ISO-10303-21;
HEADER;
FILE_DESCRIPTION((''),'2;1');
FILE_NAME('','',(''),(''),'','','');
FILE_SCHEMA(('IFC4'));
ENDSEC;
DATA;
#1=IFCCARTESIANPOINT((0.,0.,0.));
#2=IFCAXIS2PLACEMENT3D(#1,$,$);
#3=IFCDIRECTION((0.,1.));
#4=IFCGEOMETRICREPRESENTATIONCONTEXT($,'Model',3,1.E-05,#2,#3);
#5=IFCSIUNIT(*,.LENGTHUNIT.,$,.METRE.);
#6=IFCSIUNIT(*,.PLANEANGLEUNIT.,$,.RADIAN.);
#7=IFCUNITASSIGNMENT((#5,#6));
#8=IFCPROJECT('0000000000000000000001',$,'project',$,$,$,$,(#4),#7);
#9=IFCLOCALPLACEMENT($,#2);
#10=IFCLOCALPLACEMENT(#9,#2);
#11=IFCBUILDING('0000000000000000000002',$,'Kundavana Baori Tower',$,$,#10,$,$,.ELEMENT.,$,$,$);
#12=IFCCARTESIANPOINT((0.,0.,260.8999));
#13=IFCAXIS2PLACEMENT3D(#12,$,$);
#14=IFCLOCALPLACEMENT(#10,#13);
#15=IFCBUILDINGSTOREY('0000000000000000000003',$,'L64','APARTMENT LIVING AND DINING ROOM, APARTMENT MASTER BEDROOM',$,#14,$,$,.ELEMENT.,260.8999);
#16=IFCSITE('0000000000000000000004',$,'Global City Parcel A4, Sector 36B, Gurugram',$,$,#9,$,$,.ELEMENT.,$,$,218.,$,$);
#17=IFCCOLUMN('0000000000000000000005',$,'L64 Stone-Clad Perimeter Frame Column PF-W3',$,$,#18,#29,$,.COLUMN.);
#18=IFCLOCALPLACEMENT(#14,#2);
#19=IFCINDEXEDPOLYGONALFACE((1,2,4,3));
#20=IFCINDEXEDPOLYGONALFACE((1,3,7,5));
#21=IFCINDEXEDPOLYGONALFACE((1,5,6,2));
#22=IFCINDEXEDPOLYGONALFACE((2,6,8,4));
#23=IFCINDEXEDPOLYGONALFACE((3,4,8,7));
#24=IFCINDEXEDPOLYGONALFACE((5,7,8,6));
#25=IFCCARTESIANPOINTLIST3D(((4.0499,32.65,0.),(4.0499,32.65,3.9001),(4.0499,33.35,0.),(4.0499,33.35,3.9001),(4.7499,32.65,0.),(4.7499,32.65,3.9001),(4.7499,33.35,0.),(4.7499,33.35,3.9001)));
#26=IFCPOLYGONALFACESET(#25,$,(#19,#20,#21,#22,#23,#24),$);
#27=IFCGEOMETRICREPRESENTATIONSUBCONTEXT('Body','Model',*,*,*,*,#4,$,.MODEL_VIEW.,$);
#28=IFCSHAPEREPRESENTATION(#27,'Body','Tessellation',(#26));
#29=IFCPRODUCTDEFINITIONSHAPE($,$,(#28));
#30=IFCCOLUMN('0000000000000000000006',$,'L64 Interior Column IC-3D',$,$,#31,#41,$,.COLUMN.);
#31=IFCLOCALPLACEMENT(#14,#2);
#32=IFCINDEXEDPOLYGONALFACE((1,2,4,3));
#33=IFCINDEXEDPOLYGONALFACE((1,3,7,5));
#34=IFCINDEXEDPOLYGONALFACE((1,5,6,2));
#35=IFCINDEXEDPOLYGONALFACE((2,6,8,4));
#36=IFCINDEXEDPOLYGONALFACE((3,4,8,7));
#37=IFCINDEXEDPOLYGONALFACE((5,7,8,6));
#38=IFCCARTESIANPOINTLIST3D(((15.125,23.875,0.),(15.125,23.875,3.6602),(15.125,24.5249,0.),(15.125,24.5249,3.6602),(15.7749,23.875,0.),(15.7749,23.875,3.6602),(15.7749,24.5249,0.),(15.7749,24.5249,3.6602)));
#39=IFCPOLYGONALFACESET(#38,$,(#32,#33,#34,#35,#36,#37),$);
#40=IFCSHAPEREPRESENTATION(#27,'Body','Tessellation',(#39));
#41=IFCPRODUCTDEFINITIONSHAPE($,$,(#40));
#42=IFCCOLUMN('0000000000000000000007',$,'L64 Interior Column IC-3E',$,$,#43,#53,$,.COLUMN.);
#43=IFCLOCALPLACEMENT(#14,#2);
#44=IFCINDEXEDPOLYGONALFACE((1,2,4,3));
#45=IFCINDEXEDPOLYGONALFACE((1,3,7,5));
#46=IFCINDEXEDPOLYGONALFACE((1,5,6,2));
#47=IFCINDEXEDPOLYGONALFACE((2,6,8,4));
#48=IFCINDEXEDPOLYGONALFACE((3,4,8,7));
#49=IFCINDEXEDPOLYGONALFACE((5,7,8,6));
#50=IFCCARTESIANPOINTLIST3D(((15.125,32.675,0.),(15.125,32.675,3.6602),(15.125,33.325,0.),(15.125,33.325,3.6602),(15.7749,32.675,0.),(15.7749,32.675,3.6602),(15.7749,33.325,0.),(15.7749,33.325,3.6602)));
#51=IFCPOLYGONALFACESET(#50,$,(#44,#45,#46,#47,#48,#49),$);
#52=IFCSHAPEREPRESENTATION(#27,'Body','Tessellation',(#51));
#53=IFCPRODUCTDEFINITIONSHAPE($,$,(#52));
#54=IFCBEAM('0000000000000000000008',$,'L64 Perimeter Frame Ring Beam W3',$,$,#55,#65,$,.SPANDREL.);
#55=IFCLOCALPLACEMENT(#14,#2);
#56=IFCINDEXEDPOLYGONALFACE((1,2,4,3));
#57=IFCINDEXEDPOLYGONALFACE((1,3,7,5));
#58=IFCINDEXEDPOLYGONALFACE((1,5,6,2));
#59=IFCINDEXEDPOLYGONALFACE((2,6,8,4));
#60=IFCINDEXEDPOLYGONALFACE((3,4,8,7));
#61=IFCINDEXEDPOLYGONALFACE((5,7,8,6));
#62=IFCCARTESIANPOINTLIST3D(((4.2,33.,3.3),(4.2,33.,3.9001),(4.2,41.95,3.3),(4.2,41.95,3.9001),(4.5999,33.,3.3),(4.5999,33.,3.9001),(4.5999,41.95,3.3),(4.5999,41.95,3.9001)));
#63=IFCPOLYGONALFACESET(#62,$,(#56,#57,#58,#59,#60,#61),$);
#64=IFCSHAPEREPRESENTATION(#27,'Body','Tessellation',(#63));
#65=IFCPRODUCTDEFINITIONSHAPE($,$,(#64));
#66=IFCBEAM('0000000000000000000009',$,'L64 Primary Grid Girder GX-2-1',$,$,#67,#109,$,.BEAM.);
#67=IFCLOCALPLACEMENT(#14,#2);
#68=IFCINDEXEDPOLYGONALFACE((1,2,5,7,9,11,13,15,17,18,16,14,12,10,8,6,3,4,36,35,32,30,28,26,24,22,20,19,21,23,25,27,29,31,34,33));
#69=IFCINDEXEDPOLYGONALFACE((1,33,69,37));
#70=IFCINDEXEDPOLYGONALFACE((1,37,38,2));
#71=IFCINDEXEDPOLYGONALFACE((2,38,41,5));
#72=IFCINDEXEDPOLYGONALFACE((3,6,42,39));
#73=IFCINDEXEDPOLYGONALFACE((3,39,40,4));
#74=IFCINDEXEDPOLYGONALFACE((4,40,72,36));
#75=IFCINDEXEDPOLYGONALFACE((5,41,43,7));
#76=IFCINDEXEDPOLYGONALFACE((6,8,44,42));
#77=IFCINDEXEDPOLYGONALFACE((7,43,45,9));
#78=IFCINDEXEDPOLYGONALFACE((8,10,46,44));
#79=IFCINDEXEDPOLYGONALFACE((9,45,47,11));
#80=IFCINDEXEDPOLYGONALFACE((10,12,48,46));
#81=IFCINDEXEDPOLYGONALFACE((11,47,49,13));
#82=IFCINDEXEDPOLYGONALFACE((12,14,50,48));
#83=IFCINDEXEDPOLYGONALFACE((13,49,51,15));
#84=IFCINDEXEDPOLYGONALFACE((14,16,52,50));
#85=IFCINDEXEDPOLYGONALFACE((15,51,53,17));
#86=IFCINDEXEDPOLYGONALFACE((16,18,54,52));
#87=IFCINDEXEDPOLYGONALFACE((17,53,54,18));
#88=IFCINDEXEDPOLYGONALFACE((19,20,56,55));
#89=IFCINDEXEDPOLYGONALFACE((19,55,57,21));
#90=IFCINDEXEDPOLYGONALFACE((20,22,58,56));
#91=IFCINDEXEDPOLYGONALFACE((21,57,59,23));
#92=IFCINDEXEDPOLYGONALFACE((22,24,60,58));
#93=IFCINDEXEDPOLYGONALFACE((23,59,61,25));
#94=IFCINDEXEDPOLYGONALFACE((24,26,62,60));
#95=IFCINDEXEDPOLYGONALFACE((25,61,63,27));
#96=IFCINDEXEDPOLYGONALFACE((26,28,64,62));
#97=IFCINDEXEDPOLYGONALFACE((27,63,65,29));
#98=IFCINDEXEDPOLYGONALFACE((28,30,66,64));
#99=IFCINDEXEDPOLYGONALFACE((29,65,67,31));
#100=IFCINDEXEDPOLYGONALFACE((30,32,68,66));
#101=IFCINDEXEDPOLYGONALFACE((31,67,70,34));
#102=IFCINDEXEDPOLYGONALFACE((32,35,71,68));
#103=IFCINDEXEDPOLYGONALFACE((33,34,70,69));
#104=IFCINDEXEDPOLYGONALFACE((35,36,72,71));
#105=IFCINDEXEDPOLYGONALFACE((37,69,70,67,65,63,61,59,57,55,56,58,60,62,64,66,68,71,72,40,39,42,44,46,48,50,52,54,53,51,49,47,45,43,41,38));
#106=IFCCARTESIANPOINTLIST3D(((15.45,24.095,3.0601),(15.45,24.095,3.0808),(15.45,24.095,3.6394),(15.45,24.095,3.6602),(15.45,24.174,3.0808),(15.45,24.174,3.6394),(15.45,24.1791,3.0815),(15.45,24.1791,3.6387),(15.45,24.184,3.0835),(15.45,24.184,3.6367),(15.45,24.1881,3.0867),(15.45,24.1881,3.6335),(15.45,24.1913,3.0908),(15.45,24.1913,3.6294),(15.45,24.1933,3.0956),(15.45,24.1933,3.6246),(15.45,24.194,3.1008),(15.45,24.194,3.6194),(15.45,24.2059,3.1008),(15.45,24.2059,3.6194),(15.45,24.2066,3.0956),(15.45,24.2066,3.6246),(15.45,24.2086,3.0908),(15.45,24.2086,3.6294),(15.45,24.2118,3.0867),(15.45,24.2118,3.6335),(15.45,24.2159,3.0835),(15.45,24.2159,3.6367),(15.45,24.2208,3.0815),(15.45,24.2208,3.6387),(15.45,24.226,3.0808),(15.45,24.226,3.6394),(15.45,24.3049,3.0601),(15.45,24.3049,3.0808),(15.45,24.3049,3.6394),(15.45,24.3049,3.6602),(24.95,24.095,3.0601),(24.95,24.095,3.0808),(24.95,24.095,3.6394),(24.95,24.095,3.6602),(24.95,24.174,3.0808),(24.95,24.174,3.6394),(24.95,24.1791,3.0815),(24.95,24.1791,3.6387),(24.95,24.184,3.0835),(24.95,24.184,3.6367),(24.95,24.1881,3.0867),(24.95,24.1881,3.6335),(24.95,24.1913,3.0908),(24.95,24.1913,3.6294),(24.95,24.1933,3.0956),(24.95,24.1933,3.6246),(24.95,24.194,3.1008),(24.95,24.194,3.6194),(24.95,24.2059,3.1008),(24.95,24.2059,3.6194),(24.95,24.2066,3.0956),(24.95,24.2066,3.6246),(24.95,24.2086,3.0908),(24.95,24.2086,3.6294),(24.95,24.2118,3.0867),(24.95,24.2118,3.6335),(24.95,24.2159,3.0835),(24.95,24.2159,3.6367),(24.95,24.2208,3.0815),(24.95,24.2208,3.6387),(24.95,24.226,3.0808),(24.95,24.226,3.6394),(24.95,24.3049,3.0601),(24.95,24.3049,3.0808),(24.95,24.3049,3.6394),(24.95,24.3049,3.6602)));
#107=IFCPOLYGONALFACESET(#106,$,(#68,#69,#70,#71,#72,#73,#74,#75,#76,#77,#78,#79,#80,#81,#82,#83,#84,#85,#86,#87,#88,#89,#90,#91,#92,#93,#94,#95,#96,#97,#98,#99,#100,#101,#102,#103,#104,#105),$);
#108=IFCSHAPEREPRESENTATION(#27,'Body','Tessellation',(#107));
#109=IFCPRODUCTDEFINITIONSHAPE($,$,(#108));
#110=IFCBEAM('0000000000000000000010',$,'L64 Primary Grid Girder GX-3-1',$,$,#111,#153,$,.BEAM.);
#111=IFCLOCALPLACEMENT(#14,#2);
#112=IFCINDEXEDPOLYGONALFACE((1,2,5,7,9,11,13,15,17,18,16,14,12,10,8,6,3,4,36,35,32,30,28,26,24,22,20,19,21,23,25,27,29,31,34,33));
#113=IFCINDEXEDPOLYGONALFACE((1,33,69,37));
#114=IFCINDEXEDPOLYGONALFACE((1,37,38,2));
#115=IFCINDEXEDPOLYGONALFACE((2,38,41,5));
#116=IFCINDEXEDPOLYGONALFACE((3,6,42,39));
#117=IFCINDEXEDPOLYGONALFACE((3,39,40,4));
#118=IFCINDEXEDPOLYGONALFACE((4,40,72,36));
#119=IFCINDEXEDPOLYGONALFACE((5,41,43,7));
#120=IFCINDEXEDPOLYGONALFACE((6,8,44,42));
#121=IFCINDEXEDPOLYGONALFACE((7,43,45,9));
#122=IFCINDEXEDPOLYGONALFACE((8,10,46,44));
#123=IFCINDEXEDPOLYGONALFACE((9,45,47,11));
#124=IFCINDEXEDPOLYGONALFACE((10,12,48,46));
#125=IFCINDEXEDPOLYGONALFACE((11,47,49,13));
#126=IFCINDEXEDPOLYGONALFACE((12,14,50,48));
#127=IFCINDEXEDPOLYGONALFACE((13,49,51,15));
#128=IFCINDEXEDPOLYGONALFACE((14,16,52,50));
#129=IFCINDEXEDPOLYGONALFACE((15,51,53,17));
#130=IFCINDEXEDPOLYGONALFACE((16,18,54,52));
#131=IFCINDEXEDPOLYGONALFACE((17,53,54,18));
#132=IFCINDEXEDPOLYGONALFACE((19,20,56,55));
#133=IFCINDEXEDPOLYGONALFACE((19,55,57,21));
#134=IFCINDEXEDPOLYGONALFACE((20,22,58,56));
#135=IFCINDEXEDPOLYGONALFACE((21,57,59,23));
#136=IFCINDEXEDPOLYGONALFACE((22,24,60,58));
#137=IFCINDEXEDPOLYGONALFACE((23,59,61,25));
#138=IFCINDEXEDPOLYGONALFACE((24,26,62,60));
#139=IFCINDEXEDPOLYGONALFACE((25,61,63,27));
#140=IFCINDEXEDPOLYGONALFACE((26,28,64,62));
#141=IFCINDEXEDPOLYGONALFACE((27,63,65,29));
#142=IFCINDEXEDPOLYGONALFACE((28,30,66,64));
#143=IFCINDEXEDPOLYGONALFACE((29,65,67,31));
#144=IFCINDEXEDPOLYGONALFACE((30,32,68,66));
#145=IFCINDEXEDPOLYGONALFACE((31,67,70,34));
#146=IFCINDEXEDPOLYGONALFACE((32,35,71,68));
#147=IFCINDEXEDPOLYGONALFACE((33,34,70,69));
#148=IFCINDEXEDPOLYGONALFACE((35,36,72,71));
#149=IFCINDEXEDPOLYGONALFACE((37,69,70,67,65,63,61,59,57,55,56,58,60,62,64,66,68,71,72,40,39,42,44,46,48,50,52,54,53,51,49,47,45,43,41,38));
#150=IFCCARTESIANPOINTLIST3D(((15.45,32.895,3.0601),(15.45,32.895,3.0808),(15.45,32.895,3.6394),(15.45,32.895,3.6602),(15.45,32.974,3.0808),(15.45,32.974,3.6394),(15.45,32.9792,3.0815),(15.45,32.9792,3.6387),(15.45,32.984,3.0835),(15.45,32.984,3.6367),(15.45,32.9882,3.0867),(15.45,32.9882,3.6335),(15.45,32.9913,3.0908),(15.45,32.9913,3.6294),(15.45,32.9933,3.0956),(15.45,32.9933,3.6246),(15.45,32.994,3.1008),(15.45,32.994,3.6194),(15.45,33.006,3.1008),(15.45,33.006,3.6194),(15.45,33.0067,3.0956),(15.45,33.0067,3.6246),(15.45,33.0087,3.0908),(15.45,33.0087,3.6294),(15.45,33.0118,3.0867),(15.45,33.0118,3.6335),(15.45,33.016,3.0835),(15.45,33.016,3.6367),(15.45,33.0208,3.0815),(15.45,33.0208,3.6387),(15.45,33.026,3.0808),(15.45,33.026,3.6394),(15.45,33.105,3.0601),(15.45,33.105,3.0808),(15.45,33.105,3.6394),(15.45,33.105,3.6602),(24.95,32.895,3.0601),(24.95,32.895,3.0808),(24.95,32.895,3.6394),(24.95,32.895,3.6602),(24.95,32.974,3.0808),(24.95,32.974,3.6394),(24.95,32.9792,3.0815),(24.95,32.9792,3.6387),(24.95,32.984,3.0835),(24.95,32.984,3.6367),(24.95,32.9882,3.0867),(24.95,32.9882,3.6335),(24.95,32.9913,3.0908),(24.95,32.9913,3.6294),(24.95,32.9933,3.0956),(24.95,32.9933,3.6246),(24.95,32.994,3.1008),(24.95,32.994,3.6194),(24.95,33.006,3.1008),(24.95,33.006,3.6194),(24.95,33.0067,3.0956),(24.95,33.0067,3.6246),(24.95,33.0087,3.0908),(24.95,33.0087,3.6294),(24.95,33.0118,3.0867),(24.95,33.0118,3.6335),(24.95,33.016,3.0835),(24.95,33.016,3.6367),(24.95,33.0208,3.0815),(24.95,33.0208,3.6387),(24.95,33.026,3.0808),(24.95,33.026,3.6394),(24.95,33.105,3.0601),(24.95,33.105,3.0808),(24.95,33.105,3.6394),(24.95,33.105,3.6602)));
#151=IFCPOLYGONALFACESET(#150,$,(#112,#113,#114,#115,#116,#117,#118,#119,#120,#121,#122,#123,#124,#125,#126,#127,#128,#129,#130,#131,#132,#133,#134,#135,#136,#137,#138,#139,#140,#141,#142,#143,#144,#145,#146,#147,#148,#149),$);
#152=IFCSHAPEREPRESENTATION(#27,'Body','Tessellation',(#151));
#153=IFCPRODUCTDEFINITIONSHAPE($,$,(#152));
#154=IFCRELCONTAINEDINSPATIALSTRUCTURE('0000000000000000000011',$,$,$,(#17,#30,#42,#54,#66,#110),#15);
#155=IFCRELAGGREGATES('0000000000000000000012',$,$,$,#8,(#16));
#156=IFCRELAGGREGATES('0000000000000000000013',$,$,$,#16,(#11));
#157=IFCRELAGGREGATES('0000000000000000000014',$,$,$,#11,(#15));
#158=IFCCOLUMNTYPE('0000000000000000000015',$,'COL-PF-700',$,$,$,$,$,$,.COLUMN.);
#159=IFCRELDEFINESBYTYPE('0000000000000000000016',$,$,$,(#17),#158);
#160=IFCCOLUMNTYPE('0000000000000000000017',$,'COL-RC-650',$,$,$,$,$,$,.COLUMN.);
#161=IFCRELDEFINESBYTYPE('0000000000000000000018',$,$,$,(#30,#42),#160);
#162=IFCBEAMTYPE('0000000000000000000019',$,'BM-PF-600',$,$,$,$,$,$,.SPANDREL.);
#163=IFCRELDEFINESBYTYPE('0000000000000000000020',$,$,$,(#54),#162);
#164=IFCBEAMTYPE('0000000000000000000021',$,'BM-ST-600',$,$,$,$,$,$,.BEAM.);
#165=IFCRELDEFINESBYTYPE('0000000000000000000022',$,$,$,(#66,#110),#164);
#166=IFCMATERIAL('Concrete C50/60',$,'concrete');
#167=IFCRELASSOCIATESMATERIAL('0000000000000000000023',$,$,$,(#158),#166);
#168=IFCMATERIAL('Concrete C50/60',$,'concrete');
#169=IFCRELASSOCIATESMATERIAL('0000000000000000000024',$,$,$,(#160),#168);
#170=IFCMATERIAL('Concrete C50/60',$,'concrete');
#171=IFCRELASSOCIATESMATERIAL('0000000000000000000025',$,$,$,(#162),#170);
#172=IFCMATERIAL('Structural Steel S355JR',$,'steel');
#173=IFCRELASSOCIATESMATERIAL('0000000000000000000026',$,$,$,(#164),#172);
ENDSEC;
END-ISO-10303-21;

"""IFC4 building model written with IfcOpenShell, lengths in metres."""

from ifc_helpers import new_model, si_unit, direction, frame, origin, origin_2d, place, context, subcontext, project, spatial, rectangle, i_section, extrude, material, material_profile, profile_set, type_object, element, save


model = new_model("IFC4")

# Units and contexts
model_context = context("Model", 3, precision=1e-05, world=origin(), true_north=direction((0.0, 1.0)))
body_context = subcontext(model_context, "Body", "Model", "MODEL_VIEW")
ifc_project = project(units=[si_unit("LENGTHUNIT", "METRE"), si_unit("PLANEANGLEUNIT", "RADIAN")], contexts=[model_context])

# Site, building, storey
site_placement = place(None, origin())
site = spatial("IfcSite", under=ifc_project, at=site_placement, Name="Global City Parcel A4, Sector 36B, Gurugram", CompositionType="ELEMENT", RefElevation=218.0)
building_placement = place(site_placement, origin())
building = spatial("IfcBuilding", under=site, at=building_placement, Name="Kundavana Baori Tower", CompositionType="ELEMENT")
storey_placement = place(building_placement, frame((0.0, 0.0, 260.8999)))
storey = spatial("IfcBuildingStorey", under=building, at=storey_placement, Name="L64", Description="APARTMENT LIVING AND DINING ROOM, APARTMENT MASTER BEDROOM", CompositionType="ELEMENT", Elevation=260.8999)

# Columns
ifc_material_1 = material(Name="Concrete C50/60", Category="concrete")
ifc_material_profile_1 = material_profile(ifc_material_1, rectangle(XDim=0.7, YDim=0.7, at=origin_2d()), Name="RC PF 700x700")
ifc_profile_set_1 = profile_set([ifc_material_profile_1], Name="Concrete C50/60")
column_type_1 = type_object("IfcColumnType", Name="COL-PF-700", PredefinedType="COLUMN", material=ifc_profile_set_1)
column_placement = place(storey_placement, frame((4.3999, 33.0, 0.0), z_axis=(0.0, 0.0, 1.0), x_axis=(1.0, 0.0, 0.0)))
element("IfcColumn", 1, at=column_placement, inside=storey, type_object=column_type_1, Name="L64 Stone-Clad Perimeter Frame Column PF-W3", PredefinedType="COLUMN", context=body_context, shape_type="SweptSolid", body=[
    extrude(rectangle(XDim=0.7, YDim=0.7, at=origin_2d()), origin(), (0.0, 0.0, 1.0), 3.9001),
])
ifc_material_2 = material(Name="Concrete C50/60", Category="concrete")
ifc_material_profile_2 = material_profile(ifc_material_2, rectangle(XDim=0.6499, YDim=0.6499, at=origin_2d()), Name="RC 650x650")
ifc_profile_set_2 = profile_set([ifc_material_profile_2], Name="Concrete C50/60")
column_type_2 = type_object("IfcColumnType", Name="COL-RC-650", PredefinedType="COLUMN", material=ifc_profile_set_2)
for number, where, z_axis, x_axis, name in (
    (2, (15.45, 24.2, 0.0), (0.0, 0.0, 1.0), (1.0, 0.0, 0.0), "L64 Interior Column IC-3D"),
    (3, (15.45, 33.0, 0.0), (0.0, 0.0, 1.0), (1.0, 0.0, 0.0), "L64 Interior Column IC-3E"),
):
    element("IfcColumn", number, at=place(storey_placement, frame(where, z_axis=z_axis, x_axis=x_axis)), inside=storey, type_object=column_type_2, Name=name, PredefinedType="COLUMN", context=body_context, shape_type="SweptSolid", body=[
        extrude(rectangle(XDim=0.6499, YDim=0.6499, at=origin_2d()), origin(), (0.0, 0.0, 1.0), 3.6602),
    ])

# Beams
ifc_material_3 = material(Name="Concrete C50/60", Category="concrete")
ifc_material_profile_3 = material_profile(ifc_material_3, rectangle(XDim=0.3999, YDim=0.6001, at=origin_2d()), Name="RC BM 400x600")
ifc_profile_set_3 = profile_set([ifc_material_profile_3], Name="Concrete C50/60")
beam_type_1 = type_object("IfcBeamType", Name="BM-PF-600", PredefinedType="SPANDREL", material=ifc_profile_set_3)
beam_placement = place(storey_placement, frame((4.3999, 33.0, 3.6001), z_axis=(0.0, 1.0, 0.0), x_axis=(-1.0, 0.0, 0.0)))
element("IfcBeam", 4, at=beam_placement, inside=storey, type_object=beam_type_1, Name="L64 Perimeter Frame Ring Beam W3", PredefinedType="SPANDREL", context=body_context, shape_type="SweptSolid", body=[
    extrude(rectangle(XDim=0.3999, YDim=0.6001, at=origin_2d()), origin(), (0.0, 0.0, 1.0), 8.95),
])
ifc_material_4 = material(Name="Structural Steel S355JR", Category="steel")
ifc_material_profile_4 = material_profile(ifc_material_4, i_section(OverallWidth=0.21, OverallDepth=0.6001, WebThickness=0.012, FlangeThickness=0.0208, FilletRadius=0.02, at=origin_2d()), Name="ISMB 600")
ifc_profile_set_4 = profile_set([ifc_material_profile_4], Name="Structural Steel S355JR")
beam_type_2 = type_object("IfcBeamType", Name="BM-ST-600", PredefinedType="BEAM", material=ifc_profile_set_4)
for number, where, z_axis, x_axis, name in (
    (5, (15.45, 24.2, 3.3601), (1.0, 0.0, 0.0), (0.0, 1.0, 0.0), "L64 Primary Grid Girder GX-2-1"),
    (6, (15.45, 33.0, 3.3601), (1.0, 0.0, 0.0), (0.0, 1.0, 0.0), "L64 Primary Grid Girder GX-3-1"),
):
    element("IfcBeam", number, at=place(storey_placement, frame(where, z_axis=z_axis, x_axis=x_axis)), inside=storey, type_object=beam_type_2, Name=name, PredefinedType="BEAM", context=body_context, shape_type="SweptSolid", body=[
        extrude(i_section(OverallWidth=0.21, OverallDepth=0.6001, WebThickness=0.012, FlangeThickness=0.0208, FilletRadius=0.02, at=origin_2d()), origin(), (0.0, 0.0, 1.0), 9.5),
    ])

save(model, "model.ifc")
